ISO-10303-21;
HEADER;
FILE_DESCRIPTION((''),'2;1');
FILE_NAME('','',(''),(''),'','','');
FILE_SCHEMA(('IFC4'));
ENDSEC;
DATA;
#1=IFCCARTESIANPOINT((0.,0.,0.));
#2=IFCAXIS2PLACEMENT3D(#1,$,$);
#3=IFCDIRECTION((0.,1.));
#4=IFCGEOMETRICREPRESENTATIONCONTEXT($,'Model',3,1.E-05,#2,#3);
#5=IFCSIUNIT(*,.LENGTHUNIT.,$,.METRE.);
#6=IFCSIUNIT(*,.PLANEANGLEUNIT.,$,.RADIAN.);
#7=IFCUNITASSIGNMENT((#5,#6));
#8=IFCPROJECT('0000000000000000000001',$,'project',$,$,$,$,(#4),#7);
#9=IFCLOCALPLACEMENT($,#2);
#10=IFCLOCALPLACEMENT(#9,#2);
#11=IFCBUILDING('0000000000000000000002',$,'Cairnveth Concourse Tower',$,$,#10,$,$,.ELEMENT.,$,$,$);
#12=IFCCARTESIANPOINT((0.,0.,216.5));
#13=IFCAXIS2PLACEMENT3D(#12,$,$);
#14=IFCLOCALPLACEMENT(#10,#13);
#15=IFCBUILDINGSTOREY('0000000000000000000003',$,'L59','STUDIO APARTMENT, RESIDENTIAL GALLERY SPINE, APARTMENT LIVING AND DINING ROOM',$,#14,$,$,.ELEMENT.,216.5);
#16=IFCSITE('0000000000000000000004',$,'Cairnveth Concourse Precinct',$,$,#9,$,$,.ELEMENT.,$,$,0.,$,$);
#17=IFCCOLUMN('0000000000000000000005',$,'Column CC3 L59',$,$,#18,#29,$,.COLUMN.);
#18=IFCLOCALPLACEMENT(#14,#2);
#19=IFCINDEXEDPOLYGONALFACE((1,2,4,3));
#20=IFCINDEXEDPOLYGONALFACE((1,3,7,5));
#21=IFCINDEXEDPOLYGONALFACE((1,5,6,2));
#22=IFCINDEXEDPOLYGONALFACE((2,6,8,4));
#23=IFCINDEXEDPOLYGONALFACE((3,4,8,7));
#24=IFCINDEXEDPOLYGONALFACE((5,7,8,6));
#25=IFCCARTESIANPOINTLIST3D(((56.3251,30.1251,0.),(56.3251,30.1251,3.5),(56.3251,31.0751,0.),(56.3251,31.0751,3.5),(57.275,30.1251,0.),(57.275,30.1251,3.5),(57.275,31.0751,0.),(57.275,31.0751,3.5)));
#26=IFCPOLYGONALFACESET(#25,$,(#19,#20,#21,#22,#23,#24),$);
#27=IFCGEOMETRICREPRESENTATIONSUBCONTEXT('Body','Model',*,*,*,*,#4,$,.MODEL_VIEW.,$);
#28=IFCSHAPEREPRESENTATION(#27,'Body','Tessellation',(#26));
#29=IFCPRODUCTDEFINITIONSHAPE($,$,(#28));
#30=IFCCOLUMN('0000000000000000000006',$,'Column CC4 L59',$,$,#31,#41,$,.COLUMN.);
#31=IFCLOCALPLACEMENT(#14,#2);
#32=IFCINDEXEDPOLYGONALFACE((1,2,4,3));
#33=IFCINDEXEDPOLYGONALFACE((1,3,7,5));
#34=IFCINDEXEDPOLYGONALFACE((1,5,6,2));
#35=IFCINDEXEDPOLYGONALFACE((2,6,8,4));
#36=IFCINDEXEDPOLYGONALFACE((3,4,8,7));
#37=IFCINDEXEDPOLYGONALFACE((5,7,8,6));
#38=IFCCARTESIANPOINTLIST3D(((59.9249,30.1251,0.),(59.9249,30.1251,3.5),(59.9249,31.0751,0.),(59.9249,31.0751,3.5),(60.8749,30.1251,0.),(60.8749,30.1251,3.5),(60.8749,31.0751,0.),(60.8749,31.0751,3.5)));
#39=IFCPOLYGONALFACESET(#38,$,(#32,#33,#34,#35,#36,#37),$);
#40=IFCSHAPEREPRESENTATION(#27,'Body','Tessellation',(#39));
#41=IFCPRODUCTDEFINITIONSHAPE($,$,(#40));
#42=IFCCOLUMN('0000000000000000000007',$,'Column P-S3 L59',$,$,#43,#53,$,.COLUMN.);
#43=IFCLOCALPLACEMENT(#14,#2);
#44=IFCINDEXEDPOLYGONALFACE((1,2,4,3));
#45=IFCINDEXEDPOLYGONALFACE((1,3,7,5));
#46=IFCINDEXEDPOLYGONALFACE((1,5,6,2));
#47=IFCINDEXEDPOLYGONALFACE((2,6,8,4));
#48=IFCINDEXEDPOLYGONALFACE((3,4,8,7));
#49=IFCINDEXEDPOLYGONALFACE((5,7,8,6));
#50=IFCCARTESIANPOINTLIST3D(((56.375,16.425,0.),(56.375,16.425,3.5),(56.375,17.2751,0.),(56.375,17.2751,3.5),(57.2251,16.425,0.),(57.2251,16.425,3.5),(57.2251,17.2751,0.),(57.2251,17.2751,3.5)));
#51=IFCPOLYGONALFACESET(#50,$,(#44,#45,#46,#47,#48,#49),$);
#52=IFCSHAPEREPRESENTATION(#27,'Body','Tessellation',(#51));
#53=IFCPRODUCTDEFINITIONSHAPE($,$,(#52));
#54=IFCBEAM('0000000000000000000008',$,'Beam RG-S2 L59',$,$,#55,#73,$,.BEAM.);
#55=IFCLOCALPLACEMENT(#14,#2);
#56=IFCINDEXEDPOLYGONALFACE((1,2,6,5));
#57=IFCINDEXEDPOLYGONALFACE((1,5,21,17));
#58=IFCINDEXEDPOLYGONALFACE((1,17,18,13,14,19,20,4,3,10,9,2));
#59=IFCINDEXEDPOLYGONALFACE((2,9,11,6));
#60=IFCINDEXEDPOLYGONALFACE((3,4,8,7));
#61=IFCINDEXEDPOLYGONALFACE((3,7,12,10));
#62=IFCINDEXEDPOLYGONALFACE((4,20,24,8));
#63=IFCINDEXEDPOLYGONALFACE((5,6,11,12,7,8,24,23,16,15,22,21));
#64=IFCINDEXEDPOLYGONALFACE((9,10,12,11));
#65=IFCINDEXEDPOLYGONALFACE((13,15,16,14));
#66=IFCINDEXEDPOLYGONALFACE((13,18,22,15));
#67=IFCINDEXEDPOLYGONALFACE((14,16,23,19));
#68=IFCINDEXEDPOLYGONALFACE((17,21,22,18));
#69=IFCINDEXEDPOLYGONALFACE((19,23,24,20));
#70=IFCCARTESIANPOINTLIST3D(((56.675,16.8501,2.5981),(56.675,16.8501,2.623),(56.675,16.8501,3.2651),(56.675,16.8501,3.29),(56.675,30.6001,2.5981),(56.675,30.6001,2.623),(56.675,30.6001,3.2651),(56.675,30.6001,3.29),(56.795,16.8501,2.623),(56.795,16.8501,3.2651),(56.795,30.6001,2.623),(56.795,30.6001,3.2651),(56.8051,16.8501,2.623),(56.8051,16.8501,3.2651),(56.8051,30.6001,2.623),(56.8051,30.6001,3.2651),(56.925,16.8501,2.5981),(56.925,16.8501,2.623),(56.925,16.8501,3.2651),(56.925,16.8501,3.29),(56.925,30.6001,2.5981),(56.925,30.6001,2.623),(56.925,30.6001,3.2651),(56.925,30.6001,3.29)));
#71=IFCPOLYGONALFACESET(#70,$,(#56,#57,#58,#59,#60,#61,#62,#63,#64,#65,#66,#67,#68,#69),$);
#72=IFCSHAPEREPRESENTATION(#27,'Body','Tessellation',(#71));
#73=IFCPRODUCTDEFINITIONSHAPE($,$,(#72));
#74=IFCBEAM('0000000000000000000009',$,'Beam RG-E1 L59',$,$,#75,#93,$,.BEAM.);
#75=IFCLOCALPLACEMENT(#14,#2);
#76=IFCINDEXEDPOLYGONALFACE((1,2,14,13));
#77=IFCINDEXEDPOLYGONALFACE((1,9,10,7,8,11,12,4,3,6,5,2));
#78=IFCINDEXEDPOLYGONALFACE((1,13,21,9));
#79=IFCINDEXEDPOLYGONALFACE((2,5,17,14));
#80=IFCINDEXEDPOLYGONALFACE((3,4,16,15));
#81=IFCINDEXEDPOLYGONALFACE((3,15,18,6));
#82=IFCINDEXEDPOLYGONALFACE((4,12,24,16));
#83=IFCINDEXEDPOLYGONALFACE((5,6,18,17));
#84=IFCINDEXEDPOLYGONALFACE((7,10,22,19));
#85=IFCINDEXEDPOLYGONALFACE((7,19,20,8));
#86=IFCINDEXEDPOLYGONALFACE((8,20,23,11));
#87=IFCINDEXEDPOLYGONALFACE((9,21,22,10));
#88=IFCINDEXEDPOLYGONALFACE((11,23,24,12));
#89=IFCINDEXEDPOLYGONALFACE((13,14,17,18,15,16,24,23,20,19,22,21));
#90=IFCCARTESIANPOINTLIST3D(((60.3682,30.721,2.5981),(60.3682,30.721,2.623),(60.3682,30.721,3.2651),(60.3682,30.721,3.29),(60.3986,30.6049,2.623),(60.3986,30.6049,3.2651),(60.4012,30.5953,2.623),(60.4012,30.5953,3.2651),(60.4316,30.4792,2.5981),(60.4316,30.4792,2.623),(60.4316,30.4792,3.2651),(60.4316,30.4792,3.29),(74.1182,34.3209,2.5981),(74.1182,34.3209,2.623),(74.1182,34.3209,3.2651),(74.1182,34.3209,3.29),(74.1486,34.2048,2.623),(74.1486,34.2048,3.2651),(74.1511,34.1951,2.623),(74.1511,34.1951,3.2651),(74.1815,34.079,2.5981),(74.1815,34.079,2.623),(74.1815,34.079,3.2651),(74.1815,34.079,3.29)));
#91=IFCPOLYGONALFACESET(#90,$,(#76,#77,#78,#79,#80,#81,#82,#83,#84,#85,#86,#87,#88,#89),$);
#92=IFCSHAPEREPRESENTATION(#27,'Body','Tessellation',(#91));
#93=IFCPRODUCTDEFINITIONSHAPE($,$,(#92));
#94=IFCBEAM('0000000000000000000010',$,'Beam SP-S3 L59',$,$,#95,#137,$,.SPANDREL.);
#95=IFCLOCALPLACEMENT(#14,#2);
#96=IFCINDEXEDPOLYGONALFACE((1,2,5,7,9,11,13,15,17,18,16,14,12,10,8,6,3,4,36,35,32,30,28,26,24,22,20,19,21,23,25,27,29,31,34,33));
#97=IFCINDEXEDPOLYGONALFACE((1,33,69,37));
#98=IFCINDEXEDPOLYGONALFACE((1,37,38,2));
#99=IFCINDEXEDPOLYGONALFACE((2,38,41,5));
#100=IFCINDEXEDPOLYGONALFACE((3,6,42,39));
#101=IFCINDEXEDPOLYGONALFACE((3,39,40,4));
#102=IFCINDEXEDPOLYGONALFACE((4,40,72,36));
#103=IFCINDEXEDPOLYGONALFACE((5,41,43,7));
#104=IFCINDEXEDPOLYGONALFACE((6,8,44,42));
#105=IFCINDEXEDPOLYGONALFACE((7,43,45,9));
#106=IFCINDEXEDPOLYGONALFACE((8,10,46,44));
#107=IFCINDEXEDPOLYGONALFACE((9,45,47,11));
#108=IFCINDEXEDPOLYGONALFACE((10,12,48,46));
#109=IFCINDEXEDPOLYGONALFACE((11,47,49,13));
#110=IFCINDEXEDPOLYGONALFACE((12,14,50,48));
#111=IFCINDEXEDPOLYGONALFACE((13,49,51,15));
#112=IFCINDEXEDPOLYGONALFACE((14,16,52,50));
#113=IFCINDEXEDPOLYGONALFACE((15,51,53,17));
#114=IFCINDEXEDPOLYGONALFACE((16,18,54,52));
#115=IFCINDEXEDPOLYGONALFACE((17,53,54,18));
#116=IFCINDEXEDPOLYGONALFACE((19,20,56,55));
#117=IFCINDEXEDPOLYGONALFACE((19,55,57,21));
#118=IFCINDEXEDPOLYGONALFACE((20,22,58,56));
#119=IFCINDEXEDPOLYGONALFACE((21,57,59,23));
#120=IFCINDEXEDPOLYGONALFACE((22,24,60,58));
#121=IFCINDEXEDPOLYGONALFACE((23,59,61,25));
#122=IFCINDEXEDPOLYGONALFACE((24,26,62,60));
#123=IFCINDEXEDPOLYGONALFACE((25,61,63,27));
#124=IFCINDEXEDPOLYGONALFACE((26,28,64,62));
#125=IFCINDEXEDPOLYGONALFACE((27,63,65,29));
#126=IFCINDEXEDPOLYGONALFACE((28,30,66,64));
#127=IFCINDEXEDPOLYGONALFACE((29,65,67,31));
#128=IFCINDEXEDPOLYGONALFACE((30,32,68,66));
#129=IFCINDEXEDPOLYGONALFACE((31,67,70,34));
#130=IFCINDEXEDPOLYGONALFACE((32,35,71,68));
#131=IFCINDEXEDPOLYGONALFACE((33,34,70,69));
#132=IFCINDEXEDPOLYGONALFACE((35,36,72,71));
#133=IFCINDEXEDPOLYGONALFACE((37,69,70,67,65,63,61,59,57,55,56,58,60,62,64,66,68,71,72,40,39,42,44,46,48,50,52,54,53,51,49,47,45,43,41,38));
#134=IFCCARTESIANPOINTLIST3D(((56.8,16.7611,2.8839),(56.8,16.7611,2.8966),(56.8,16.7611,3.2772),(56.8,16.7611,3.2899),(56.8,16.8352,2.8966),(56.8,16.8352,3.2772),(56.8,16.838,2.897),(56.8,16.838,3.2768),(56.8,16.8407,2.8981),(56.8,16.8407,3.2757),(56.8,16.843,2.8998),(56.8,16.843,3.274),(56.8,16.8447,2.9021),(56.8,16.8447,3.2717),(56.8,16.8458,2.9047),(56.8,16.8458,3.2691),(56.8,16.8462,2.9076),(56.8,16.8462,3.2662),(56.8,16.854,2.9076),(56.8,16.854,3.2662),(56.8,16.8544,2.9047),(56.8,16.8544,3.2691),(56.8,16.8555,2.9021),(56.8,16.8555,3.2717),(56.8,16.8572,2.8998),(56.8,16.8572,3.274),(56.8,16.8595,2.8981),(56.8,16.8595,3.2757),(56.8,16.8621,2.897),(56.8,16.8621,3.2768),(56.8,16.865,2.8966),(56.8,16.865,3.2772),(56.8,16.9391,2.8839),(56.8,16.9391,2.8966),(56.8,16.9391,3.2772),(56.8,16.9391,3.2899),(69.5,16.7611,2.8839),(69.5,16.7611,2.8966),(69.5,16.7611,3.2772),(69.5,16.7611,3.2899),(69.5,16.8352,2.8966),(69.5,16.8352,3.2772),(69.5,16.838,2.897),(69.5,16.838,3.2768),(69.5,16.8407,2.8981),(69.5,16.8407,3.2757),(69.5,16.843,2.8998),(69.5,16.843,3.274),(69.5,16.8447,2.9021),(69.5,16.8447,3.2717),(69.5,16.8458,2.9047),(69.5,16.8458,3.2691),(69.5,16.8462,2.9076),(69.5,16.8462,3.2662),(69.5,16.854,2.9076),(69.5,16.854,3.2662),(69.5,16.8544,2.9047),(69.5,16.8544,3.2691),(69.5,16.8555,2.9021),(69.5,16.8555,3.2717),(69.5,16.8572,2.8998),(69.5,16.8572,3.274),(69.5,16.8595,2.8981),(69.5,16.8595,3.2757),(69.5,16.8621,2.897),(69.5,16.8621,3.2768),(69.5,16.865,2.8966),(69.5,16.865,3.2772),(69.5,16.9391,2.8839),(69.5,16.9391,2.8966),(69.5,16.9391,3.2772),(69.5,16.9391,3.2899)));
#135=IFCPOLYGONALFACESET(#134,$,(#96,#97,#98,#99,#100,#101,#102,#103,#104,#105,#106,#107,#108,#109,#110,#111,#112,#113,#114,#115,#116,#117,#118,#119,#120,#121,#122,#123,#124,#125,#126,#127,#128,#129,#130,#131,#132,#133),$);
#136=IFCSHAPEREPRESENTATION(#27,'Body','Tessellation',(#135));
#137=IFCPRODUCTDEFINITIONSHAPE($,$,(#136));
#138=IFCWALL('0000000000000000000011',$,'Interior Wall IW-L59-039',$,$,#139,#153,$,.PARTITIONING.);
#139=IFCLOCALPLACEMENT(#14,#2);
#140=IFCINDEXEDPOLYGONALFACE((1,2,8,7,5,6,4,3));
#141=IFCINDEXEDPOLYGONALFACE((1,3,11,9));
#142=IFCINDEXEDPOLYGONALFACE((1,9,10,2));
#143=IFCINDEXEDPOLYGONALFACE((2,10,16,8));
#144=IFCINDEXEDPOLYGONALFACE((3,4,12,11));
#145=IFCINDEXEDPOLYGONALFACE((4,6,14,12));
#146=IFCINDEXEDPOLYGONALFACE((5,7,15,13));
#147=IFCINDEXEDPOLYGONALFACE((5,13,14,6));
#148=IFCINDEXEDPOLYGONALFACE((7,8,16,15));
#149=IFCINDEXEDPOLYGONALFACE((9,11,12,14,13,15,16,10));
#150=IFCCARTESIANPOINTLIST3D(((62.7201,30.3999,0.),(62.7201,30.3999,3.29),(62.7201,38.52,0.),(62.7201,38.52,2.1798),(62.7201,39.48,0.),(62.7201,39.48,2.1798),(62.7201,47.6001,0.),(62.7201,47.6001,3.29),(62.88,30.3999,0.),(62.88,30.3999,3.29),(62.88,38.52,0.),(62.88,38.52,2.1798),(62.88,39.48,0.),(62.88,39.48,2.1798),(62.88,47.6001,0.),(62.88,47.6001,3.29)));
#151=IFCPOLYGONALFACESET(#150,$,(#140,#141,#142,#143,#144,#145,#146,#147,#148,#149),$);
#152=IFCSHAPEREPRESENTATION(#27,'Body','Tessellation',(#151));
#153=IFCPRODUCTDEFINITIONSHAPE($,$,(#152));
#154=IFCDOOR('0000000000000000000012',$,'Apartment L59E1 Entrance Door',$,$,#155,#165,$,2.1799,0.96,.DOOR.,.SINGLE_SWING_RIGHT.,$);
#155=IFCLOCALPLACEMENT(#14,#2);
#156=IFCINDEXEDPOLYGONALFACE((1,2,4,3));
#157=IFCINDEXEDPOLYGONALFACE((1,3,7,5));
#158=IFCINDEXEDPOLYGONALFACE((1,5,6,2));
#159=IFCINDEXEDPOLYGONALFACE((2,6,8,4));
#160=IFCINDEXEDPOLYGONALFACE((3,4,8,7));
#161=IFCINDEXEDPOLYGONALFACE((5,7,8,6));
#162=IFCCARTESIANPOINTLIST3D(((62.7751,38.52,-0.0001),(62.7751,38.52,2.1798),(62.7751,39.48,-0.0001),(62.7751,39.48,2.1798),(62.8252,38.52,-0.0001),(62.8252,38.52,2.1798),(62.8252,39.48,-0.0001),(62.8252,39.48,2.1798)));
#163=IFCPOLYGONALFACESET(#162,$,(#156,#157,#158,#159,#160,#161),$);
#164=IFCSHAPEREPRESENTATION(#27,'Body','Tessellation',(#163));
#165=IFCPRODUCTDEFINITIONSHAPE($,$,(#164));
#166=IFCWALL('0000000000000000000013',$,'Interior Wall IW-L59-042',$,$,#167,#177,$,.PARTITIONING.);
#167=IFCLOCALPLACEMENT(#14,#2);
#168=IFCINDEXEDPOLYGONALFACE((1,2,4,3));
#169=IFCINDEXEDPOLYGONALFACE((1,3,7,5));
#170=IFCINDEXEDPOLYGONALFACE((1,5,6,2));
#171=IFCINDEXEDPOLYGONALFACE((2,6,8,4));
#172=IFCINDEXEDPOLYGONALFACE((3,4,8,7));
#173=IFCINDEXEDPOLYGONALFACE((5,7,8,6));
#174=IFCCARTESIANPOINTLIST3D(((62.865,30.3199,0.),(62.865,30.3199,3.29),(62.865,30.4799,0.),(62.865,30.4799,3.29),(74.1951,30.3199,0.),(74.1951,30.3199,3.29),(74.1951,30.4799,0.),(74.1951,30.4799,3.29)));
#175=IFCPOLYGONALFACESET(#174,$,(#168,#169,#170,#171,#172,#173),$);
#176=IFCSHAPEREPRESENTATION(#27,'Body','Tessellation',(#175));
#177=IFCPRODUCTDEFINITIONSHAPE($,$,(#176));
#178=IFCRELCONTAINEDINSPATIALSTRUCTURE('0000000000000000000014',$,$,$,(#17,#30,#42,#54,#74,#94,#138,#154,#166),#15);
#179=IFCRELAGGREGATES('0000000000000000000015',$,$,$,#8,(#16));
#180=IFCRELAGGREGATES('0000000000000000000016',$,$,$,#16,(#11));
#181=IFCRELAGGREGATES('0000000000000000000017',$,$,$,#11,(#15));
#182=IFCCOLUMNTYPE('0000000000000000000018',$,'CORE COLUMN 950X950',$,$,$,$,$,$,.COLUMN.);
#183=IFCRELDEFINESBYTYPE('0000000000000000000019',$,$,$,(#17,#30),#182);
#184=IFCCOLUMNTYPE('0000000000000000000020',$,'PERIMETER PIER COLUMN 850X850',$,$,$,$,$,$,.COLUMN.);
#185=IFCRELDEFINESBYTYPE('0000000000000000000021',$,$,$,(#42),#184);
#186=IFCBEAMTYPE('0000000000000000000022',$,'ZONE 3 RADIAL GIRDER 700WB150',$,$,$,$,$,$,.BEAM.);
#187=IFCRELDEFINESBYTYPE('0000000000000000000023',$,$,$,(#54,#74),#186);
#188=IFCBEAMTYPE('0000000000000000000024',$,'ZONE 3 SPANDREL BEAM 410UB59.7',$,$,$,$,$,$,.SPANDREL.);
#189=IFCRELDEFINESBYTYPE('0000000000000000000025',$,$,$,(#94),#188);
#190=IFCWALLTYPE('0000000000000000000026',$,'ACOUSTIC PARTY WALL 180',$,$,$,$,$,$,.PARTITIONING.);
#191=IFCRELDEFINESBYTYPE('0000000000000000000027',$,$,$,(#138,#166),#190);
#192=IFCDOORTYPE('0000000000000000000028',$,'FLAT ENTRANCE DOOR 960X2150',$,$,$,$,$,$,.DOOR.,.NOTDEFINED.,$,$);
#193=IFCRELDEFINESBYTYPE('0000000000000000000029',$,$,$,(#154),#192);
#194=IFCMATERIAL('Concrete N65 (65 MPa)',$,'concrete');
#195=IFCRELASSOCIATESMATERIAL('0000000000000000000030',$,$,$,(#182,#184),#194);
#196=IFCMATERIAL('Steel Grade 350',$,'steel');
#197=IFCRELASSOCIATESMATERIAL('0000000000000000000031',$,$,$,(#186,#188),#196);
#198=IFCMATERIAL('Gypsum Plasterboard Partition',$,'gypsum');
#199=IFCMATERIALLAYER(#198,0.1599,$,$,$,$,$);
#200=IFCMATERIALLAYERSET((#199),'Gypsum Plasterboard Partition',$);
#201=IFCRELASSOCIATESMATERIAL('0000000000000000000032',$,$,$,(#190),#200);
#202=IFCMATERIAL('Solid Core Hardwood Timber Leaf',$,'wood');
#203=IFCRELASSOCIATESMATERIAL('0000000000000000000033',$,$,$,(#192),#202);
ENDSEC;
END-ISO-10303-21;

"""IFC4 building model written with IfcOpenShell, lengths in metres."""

from ifc_helpers import new_model, si_unit, direction, frame, frame_2d, origin, origin_2d, place, context, subcontext, project, spatial, rectangle, i_section, extrude, material, layer, layer_set, material_profile, profile_set, type_object, element, fill, save


model = new_model("IFC4")

# Units and contexts
model_context = context("Model", 3, precision=1e-05, world=origin(), true_north=direction((0.0, 1.0)))
body_context = subcontext(model_context, "Body", "Model", "MODEL_VIEW")
ifc_project = project(units=[si_unit("LENGTHUNIT", "METRE"), si_unit("PLANEANGLEUNIT", "RADIAN")], contexts=[model_context])

# Site, building, storey
site_placement = place(None, origin())
site = spatial("IfcSite", under=ifc_project, at=site_placement, Name="Cairnveth Concourse Precinct", CompositionType="ELEMENT", RefElevation=0.0)
building_placement = place(site_placement, origin())
building = spatial("IfcBuilding", under=site, at=building_placement, Name="Cairnveth Concourse Tower", CompositionType="ELEMENT")
storey_placement = place(building_placement, frame((0.0, 0.0, 216.5)))
storey = spatial("IfcBuildingStorey", under=building, at=storey_placement, Name="L59", Description="STUDIO APARTMENT, RESIDENTIAL GALLERY SPINE, APARTMENT LIVING AND DINING ROOM", CompositionType="ELEMENT", Elevation=216.5)

# Columns
ifc_material_1 = material(Name="Concrete N65 (65 MPa)", Category="concrete")
ifc_material_profile_1 = material_profile(ifc_material_1, rectangle(XDim=0.95, YDim=0.95, at=origin_2d()), Name="RC-COL-950x950")
ifc_profile_set_1 = profile_set([ifc_material_profile_1], Name="Concrete N65 (65 MPa)")
column_type_1 = type_object("IfcColumnType", Name="CORE COLUMN 950X950", PredefinedType="COLUMN", material=ifc_profile_set_1)
for number, where, z_axis, x_axis, name in (
    (1, (56.8, 30.6001, 0.0), (0.0, 0.0, 1.0), (1.0, 0.0, 0.0), "Column CC3 L59"),
    (2, (60.3999, 30.6001, 0.0), (0.0, 0.0, 1.0), (1.0, 0.0, 0.0), "Column CC4 L59"),
):
    element("IfcColumn", number, at=place(storey_placement, frame(where, z_axis=z_axis, x_axis=x_axis)), inside=storey, type_object=column_type_1, Name=name, PredefinedType="COLUMN", context=body_context, shape_type="SweptSolid", body=[
        extrude(rectangle(XDim=0.95, YDim=0.95, at=origin_2d()), origin(), (0.0, 0.0, 1.0), 3.5),
    ])
ifc_material_profile_2 = material_profile(ifc_material_1, rectangle(XDim=0.8501, YDim=0.8501, at=origin_2d()), Name="RC-COL-850x850")
ifc_profile_set_2 = profile_set([ifc_material_profile_2], Name="Concrete N65 (65 MPa)")
column_type_2 = type_object("IfcColumnType", Name="PERIMETER PIER COLUMN 850X850", PredefinedType="COLUMN", material=ifc_profile_set_2)
column_placement = place(storey_placement, frame((56.8, 16.8501, 0.0), z_axis=(0.0, 0.0, 1.0), x_axis=(1.0, 0.0, 0.0)))
element("IfcColumn", 3, at=column_placement, inside=storey, type_object=column_type_2, Name="Column P-S3 L59", PredefinedType="COLUMN", context=body_context, shape_type="SweptSolid", body=[
    extrude(rectangle(XDim=0.8501, YDim=0.8501, at=origin_2d()), origin(), (0.0, 0.0, 1.0), 3.5),
])

# Beams
ifc_material_2 = material(Name="Steel Grade 350", Category="steel")
ifc_material_profile_3 = material_profile(ifc_material_2, i_section(OverallWidth=0.25, OverallDepth=0.6919, WebThickness=0.01, FlangeThickness=0.0249, at=origin_2d()), Name="700WB150")
ifc_profile_set_3 = profile_set([ifc_material_profile_3], Name="Steel Grade 350")
beam_type_1 = type_object("IfcBeamType", Name="ZONE 3 RADIAL GIRDER 700WB150", PredefinedType="BEAM", material=ifc_profile_set_3)
beam_1_placement = place(storey_placement, frame((56.8, 16.8501, 2.9441), z_axis=(0.0, 1.0, 0.0), x_axis=(-1.0, 0.0, 0.0)))
element("IfcBeam", 4, at=beam_1_placement, inside=storey, type_object=beam_type_1, Name="Beam RG-S2 L59", PredefinedType="BEAM", context=body_context, shape_type="SweptSolid", body=[
    extrude(i_section(OverallWidth=0.25, OverallDepth=0.6919, WebThickness=0.01, FlangeThickness=0.0249, at=origin_2d()), origin(), (0.0, 0.0, 1.0), 13.75),
])
beam_2_placement = place(storey_placement, frame((60.3999, 30.6001, 2.9441), z_axis=(0.967395, 0.253271, 0.0), x_axis=(-0.253271, 0.967395, 0.0)))
element("IfcBeam", 5, at=beam_2_placement, inside=storey, type_object=beam_type_1, Name="Beam RG-E1 L59", PredefinedType="BEAM", context=body_context, shape_type="SweptSolid", body=[
    extrude(i_section(OverallWidth=0.25, OverallDepth=0.6919, WebThickness=0.01, FlangeThickness=0.0249, at=origin_2d()), origin(), (0.0, 0.0, 1.0), 14.2134),
])
ifc_material_profile_4 = material_profile(ifc_material_2, i_section(OverallWidth=0.178, OverallDepth=0.406, WebThickness=0.0078, FlangeThickness=0.0127, FilletRadius=0.011, at=origin_2d()), Name="410UB59.7")
ifc_profile_set_4 = profile_set([ifc_material_profile_4], Name="Steel Grade 350")
beam_type_2 = type_object("IfcBeamType", Name="ZONE 3 SPANDREL BEAM 410UB59.7", PredefinedType="SPANDREL", material=ifc_profile_set_4)
beam_3_placement = place(storey_placement, frame((56.8, 16.8501, 3.0869), z_axis=(1.0, 0.0, 0.0), x_axis=(0.0, 1.0, 0.0)))
element("IfcBeam", 6, at=beam_3_placement, inside=storey, type_object=beam_type_2, Name="Beam SP-S3 L59", PredefinedType="SPANDREL", context=body_context, shape_type="SweptSolid", body=[
    extrude(i_section(OverallWidth=0.178, OverallDepth=0.406, WebThickness=0.0078, FlangeThickness=0.0127, FilletRadius=0.011, at=origin_2d()), origin(), (0.0, 0.0, 1.0), 12.7),
])

# Wall, opening, door
ifc_material_3 = material(Name="Gypsum Plasterboard Partition", Category="gypsum")
ifc_layer_1 = layer(ifc_material_3, 0.1599)
ifc_layer_set_1 = layer_set([ifc_layer_1], Name="Gypsum Plasterboard Partition")
wall_type_1 = type_object("IfcWallType", Name="ACOUSTIC PARTY WALL 180", PredefinedType="PARTITIONING", material=ifc_layer_set_1)
wall_1_placement = place(storey_placement, frame((62.8, 30.3999, 0.0), z_axis=(0.0, 0.0, 1.0), x_axis=(0.0, 1.0, 0.0)))
wall_1 = element("IfcWall", 7, at=wall_1_placement, inside=storey, type_object=wall_type_1, Name="Interior Wall IW-L59-039", PredefinedType="PARTITIONING", context=body_context, shape_type="SweptSolid", body=[
    extrude(rectangle(XDim=17.2002, YDim=0.1599, at=frame_2d((8.6001, 0.0))), origin(), (0.0, 0.0, 1.0), 3.29),
])
opening_1_placement = place(wall_1_placement, frame((8.1201, 0.0, 0.0)))
opening_1 = element("IfcOpeningElement", 8, at=opening_1_placement, cuts=wall_1, PredefinedType="OPENING", context=body_context, shape_type="SweptSolid", body=[
    extrude(rectangle(XDim=0.96, YDim=2.1799, at=frame_2d((0.48, 1.0898))), frame((0.0, 0.0898, 0.0), z_axis=(0.0, -1.0, 0.0), x_axis=(1.0, 0.0, 0.0)), (0.0, 0.0, 1.0), 0.1799),
])
ifc_material_4 = material(Name="Solid Core Hardwood Timber Leaf", Category="wood")
door_type_1 = type_object("IfcDoorType", Name="FLAT ENTRANCE DOOR 960X2150", OperationType="NOTDEFINED", PredefinedType="DOOR", material=ifc_material_4)
door_1_placement = place(opening_1_placement, origin())
door_1 = element("IfcDoor", 9, at=door_1_placement, inside=storey, type_object=door_type_1, Name="Apartment L59E1 Entrance Door", OperationType="SINGLE_SWING_RIGHT", OverallHeight=2.1799, OverallWidth=0.96, PredefinedType="DOOR", context=body_context, shape_type="SweptSolid", body=[
    extrude(rectangle(XDim=0.96, YDim=2.1799, at=frame_2d((0.48, 1.0898))), frame((0.0, 0.0249, 0.0), z_axis=(0.0, -1.0, 0.0), x_axis=(1.0, 0.0, 0.0)), (0.0, 0.0, 1.0), 0.05),
])
fill(opening_1, door_1)

# Wall
wall_2_placement = place(storey_placement, frame((62.865, 30.3999, 0.0), z_axis=(0.0, 0.0, 1.0), x_axis=(1.0, 0.0, 0.0)))
element("IfcWall", 10, at=wall_2_placement, inside=storey, type_object=wall_type_1, Name="Interior Wall IW-L59-042", PredefinedType="PARTITIONING", context=body_context, shape_type="SweptSolid", body=[
    extrude(rectangle(XDim=11.3301, YDim=0.1599, at=frame_2d((5.665, 0.0))), origin(), (0.0, 0.0, 1.0), 3.29),
])

save(model, "model.ifc")
